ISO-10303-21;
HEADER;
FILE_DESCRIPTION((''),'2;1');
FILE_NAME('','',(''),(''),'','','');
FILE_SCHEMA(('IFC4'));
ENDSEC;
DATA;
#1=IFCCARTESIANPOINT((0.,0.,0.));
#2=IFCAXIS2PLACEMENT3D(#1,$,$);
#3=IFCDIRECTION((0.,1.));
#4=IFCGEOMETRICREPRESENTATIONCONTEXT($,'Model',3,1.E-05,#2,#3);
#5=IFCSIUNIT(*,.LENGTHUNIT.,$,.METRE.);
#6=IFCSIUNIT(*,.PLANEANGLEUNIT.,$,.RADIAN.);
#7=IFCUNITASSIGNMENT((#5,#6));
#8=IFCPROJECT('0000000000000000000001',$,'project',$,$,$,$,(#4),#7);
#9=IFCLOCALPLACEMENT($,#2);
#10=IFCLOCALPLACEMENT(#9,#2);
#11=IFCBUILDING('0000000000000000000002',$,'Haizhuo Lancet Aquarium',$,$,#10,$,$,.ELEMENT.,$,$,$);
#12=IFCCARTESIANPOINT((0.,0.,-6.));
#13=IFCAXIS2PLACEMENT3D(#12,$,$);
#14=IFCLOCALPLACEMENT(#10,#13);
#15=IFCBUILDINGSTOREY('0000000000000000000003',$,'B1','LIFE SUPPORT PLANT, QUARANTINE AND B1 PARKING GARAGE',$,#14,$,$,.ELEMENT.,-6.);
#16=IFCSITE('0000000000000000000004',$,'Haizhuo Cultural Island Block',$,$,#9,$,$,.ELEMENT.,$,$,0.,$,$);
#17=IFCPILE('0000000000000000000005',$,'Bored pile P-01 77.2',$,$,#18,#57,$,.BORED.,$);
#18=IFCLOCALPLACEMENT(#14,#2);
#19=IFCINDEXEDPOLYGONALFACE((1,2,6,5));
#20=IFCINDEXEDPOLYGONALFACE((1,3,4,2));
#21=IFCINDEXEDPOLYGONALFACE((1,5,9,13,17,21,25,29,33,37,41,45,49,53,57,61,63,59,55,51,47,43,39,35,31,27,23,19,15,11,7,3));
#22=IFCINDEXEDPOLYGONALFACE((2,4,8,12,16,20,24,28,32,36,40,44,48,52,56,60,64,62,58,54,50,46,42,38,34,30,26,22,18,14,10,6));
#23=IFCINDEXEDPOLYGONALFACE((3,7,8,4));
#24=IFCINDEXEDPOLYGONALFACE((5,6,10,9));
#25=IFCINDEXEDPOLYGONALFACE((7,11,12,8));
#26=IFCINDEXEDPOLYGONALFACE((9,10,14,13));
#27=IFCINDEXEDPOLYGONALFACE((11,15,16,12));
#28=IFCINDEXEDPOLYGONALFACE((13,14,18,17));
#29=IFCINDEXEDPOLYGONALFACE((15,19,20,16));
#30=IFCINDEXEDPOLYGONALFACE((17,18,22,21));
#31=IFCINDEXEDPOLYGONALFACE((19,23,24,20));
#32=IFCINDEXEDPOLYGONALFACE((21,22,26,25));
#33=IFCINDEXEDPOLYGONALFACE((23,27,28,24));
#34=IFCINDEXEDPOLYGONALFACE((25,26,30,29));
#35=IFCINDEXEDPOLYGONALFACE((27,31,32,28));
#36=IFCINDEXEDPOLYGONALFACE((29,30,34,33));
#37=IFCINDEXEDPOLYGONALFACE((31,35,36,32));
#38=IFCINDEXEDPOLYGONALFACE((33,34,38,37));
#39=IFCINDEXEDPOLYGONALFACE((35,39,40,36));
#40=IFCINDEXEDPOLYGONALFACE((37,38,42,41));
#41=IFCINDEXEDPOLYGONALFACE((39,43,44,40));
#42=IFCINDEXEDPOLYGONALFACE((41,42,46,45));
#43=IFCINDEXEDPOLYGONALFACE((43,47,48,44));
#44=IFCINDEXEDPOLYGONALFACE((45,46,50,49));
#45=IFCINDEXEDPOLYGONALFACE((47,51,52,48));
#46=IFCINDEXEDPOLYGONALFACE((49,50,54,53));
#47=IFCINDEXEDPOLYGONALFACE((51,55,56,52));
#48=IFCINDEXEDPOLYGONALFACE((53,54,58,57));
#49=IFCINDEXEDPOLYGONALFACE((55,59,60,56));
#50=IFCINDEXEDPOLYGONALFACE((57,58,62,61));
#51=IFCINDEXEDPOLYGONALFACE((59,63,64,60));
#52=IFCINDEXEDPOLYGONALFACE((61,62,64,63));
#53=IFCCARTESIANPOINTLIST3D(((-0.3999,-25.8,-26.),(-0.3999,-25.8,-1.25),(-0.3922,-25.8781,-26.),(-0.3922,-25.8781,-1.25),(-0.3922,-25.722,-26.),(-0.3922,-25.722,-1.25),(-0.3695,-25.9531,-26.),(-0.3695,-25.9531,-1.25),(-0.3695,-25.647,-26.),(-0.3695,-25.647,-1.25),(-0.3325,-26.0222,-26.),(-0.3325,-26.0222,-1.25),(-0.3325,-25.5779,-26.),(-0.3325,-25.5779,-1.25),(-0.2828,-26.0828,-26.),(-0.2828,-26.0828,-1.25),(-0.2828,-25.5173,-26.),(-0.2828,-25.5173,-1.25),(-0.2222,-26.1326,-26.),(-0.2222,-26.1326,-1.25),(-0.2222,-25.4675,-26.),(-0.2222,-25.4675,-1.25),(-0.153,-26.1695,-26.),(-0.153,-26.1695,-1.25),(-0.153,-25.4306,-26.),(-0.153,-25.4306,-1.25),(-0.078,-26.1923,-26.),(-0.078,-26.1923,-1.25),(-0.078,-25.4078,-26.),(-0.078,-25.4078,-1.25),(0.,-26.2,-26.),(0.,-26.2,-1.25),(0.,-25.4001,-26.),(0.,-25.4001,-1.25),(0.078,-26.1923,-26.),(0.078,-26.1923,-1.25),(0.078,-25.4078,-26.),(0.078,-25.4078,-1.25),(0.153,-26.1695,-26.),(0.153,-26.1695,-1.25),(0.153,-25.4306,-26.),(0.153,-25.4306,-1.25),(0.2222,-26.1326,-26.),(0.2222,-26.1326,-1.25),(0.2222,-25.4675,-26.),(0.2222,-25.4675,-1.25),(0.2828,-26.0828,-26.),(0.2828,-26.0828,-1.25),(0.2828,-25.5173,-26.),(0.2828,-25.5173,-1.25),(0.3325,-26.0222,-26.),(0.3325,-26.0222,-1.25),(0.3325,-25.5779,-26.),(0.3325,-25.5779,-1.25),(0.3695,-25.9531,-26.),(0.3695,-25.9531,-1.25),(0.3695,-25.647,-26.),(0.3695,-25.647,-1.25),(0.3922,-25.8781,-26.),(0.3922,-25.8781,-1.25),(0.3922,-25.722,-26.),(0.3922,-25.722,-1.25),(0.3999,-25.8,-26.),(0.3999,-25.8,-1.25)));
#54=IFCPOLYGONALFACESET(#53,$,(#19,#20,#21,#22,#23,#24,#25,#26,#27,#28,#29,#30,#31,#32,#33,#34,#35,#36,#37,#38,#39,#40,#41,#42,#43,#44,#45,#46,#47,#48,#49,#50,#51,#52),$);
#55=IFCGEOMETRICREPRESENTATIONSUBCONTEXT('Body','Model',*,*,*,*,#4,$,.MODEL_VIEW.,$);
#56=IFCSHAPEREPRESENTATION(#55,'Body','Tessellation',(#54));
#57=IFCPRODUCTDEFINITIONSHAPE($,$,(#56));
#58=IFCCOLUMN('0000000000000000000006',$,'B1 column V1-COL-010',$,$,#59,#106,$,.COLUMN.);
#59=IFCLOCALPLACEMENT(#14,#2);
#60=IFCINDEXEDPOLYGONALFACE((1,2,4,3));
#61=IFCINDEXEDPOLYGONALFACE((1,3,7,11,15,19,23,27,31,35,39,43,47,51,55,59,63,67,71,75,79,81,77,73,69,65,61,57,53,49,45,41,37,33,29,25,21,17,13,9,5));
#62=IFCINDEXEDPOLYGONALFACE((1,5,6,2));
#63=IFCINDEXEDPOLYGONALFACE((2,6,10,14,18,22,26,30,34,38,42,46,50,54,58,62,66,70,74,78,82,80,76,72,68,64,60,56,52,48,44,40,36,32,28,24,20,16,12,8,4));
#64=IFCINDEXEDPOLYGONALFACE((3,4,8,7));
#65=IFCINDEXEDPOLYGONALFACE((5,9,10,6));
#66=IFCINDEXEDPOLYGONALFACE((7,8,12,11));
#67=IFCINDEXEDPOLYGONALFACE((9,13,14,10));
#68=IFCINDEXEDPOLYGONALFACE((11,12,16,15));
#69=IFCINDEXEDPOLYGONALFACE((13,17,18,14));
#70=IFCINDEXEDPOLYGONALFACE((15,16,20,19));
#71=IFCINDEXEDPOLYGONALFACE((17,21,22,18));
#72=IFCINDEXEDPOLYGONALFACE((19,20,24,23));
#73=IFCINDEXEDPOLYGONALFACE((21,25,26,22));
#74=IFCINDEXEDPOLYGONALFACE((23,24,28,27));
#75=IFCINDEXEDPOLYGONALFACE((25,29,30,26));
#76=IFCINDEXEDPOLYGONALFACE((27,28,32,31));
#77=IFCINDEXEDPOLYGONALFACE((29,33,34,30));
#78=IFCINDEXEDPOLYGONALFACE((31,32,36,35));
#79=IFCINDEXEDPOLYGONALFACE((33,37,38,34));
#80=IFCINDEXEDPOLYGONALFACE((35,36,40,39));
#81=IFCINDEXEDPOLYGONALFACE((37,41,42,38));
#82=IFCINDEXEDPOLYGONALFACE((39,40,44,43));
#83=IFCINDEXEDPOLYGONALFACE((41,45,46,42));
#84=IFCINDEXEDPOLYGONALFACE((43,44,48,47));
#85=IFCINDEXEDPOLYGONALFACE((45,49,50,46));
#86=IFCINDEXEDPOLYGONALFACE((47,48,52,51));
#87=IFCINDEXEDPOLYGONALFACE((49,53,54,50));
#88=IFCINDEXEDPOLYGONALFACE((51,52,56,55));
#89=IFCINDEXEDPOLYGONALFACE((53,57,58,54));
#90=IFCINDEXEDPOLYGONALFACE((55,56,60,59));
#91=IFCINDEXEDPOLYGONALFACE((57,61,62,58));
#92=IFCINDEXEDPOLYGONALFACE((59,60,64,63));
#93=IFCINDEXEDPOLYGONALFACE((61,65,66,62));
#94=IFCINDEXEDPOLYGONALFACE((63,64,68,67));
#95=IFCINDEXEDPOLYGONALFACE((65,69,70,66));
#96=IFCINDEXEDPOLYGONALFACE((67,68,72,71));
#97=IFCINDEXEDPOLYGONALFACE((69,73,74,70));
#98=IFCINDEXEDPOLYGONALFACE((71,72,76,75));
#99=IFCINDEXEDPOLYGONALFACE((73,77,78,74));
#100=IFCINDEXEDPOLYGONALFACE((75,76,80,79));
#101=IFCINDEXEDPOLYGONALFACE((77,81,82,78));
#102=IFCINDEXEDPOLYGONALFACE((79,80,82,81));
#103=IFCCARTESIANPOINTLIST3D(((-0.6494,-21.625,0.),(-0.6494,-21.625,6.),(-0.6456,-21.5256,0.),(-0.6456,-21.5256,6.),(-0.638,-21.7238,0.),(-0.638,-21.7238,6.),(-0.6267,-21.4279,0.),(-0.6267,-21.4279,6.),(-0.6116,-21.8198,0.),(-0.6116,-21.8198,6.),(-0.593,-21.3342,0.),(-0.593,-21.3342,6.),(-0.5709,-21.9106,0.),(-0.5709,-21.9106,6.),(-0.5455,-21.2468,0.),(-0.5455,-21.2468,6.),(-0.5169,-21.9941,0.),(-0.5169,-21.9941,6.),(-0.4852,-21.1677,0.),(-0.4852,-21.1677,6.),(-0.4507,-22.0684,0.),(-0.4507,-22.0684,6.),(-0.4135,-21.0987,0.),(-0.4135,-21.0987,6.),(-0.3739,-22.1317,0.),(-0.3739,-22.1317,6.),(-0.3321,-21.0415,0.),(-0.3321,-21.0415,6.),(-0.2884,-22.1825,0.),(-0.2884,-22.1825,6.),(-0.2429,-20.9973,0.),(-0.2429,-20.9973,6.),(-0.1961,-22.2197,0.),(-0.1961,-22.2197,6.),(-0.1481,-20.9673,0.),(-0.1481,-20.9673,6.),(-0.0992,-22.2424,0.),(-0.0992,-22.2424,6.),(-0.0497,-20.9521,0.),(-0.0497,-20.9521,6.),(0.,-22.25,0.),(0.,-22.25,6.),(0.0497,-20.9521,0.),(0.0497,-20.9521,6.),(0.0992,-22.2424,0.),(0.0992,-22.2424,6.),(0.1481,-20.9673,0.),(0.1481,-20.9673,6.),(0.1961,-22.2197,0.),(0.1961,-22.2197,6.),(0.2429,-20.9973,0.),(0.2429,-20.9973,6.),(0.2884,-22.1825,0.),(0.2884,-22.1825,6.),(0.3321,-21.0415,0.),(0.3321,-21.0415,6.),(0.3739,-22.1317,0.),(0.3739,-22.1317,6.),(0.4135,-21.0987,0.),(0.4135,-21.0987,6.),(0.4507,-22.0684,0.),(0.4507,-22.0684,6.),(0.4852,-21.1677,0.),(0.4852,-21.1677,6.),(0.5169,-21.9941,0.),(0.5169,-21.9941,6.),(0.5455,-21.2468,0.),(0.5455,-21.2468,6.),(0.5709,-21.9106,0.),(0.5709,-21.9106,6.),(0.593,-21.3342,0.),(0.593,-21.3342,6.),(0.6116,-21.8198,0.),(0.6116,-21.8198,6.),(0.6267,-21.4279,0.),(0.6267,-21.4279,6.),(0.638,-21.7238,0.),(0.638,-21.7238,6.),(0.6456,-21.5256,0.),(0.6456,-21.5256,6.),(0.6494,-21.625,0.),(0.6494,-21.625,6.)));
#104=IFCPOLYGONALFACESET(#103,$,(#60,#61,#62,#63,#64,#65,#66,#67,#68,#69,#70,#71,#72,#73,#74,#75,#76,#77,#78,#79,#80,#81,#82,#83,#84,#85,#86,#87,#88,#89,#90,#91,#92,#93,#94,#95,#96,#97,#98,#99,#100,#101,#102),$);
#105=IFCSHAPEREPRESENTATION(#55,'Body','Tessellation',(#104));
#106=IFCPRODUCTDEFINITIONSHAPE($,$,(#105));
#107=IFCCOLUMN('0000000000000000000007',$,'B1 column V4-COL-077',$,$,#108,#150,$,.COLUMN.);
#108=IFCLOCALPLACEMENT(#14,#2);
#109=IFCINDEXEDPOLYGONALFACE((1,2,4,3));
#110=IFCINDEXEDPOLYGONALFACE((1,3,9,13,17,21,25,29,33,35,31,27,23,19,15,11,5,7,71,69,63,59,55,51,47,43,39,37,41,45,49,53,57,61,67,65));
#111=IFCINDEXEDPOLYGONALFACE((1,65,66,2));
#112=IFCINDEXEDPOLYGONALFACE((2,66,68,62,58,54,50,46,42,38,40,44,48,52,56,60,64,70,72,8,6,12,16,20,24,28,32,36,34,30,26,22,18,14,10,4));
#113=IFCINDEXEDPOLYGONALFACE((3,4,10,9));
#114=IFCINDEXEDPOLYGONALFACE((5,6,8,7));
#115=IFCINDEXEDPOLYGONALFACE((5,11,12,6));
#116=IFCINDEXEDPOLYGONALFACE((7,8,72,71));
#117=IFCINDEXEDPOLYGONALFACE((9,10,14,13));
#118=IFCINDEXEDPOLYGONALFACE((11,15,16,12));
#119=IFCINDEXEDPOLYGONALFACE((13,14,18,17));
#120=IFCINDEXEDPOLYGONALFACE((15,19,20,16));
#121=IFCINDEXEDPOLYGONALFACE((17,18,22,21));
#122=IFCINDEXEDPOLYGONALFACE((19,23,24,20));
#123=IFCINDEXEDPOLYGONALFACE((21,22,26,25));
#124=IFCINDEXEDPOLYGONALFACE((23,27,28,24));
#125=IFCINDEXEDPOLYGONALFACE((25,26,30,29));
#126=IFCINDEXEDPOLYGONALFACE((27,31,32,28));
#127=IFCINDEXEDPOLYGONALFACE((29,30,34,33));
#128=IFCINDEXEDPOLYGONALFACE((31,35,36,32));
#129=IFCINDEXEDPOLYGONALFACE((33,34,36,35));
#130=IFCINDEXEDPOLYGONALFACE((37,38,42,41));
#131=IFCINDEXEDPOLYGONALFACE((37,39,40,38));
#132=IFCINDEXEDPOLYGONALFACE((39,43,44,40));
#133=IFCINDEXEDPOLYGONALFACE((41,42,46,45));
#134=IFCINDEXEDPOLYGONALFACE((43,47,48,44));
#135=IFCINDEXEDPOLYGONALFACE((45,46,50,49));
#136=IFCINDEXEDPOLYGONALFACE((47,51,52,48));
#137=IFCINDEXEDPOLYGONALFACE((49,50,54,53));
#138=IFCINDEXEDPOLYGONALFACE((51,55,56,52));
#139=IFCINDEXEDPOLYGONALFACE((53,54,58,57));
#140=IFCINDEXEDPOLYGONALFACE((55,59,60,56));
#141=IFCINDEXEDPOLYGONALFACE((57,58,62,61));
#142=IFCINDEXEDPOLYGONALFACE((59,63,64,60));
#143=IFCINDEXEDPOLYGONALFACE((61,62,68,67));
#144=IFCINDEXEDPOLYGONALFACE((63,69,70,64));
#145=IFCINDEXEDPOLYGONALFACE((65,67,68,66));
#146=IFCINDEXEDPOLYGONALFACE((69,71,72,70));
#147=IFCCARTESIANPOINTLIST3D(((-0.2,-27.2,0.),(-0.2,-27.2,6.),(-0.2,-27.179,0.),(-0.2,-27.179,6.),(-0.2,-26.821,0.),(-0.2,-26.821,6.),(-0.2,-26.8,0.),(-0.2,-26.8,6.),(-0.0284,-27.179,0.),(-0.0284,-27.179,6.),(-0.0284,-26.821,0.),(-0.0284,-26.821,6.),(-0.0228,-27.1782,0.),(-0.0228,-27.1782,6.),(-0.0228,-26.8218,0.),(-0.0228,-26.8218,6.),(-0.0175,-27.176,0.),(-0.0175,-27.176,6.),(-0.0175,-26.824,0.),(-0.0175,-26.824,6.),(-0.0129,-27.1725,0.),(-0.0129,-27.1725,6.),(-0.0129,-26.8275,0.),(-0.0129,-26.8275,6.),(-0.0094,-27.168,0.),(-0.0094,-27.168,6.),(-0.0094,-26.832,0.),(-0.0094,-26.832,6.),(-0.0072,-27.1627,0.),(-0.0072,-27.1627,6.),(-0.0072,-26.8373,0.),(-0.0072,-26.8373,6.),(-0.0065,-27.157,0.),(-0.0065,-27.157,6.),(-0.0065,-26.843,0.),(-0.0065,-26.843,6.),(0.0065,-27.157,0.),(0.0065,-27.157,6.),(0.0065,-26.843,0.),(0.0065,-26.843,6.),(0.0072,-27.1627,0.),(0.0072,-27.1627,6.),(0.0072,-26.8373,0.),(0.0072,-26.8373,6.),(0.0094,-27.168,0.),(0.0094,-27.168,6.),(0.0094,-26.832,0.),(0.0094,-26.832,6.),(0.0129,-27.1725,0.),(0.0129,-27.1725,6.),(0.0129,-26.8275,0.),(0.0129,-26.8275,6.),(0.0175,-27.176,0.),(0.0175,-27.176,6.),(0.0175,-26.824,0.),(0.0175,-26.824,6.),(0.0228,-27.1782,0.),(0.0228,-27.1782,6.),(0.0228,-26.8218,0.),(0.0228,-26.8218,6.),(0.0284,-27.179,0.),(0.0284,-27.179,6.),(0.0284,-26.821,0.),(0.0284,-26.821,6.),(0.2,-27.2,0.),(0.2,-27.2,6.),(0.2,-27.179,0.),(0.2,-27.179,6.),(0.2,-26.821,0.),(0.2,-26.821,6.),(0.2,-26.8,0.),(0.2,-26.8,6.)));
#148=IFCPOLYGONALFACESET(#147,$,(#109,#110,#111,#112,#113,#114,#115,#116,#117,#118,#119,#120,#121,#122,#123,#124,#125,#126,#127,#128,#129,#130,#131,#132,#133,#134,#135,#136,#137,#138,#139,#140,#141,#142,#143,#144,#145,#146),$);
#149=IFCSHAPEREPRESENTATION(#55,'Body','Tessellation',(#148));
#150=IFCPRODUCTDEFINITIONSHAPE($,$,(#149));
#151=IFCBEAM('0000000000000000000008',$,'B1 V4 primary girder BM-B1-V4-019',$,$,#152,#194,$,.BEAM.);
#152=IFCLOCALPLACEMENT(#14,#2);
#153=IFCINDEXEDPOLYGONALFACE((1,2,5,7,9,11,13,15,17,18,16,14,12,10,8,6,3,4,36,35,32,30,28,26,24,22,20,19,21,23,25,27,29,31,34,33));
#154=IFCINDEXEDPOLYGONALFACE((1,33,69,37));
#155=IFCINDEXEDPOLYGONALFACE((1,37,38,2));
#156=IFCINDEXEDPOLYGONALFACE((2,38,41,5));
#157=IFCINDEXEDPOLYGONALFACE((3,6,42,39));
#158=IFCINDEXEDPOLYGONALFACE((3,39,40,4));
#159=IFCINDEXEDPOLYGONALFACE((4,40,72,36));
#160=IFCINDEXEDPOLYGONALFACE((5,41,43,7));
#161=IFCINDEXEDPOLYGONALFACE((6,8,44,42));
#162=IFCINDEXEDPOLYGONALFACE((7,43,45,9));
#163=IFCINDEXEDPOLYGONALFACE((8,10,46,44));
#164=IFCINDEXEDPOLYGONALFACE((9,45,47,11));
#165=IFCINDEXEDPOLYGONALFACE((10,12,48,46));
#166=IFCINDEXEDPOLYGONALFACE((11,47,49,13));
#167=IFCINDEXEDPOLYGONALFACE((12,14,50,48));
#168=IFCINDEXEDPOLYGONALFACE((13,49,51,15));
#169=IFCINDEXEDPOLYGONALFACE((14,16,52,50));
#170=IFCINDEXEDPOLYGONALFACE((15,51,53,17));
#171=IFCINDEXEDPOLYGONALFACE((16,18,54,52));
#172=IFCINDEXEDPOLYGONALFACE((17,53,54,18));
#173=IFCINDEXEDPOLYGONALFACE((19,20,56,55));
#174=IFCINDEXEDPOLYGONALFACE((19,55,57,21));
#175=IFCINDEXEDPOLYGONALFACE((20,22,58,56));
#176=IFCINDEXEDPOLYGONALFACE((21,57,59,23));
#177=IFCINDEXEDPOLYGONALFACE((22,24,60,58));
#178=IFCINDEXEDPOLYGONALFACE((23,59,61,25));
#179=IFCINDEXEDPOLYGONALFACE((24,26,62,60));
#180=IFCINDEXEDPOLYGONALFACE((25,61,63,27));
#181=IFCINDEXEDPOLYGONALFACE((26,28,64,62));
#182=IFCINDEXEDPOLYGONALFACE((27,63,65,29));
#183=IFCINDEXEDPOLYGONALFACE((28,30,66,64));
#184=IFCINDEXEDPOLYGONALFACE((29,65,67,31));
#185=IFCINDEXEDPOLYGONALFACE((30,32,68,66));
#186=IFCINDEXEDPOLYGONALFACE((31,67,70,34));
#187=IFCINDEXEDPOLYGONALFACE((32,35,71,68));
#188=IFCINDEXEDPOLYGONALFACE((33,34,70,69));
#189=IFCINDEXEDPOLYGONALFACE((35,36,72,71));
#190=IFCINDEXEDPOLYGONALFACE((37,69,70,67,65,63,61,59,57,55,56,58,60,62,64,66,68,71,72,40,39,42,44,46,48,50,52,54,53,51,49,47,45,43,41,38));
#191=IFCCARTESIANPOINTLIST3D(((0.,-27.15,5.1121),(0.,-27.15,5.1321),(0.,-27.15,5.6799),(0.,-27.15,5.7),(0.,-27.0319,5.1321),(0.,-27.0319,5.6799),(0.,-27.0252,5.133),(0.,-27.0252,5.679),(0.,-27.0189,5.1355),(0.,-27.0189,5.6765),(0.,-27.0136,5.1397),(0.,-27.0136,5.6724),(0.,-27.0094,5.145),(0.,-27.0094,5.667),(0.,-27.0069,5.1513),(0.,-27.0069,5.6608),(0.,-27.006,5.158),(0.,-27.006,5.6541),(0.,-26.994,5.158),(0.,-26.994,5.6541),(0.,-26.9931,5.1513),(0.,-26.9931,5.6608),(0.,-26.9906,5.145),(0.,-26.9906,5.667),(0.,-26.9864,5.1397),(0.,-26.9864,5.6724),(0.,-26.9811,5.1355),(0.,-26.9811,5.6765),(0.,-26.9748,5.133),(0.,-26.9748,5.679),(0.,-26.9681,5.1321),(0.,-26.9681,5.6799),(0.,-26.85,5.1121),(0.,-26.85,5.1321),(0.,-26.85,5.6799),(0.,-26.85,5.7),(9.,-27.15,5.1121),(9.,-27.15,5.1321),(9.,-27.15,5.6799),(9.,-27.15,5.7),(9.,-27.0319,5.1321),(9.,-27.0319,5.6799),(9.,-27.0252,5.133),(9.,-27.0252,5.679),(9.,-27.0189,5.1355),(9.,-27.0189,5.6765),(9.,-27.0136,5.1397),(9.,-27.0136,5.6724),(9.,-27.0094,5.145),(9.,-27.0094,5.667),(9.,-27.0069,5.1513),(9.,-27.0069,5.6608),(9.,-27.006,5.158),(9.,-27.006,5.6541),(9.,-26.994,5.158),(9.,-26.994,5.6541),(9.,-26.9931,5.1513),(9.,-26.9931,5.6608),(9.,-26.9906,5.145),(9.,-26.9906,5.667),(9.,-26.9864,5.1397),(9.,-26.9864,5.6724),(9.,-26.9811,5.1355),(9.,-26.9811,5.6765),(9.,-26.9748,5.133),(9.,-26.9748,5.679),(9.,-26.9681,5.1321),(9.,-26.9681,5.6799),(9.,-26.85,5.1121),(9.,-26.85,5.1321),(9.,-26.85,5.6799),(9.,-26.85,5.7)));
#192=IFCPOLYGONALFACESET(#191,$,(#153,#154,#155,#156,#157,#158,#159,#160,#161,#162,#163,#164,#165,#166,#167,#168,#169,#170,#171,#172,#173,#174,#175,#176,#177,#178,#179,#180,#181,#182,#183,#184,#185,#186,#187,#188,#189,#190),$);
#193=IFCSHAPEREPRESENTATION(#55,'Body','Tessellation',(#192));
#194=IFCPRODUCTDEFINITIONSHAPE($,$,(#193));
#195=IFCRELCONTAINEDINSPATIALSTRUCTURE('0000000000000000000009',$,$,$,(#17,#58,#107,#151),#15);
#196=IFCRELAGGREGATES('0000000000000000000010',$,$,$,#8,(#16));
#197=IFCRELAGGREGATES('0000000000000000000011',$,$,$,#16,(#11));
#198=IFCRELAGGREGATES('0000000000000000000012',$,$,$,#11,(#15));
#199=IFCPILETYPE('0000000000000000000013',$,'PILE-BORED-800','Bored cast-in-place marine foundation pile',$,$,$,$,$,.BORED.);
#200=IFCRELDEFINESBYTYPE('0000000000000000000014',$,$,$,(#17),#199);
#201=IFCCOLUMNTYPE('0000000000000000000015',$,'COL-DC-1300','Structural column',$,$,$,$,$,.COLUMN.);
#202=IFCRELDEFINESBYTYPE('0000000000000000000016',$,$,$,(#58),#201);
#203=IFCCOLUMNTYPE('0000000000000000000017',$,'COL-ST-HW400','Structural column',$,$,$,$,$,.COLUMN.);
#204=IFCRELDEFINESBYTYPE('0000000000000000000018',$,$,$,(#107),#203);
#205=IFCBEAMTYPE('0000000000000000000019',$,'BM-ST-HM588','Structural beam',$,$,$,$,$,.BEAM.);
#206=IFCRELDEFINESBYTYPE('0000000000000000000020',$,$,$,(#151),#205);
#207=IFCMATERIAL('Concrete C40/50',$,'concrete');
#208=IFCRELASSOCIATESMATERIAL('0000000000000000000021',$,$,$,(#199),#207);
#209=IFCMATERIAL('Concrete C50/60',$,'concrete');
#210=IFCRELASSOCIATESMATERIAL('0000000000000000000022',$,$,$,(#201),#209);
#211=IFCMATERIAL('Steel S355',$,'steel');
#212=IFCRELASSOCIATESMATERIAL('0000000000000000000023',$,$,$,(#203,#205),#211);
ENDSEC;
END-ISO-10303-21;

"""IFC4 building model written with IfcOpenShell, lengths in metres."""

from ifc_helpers import new_model, si_unit, direction, frame, origin, origin_2d, place, context, subcontext, project, spatial, circle, i_section, extrude, material, material_profile, profile_set, type_object, element, save


model = new_model("IFC4")

# Units and contexts
model_context = context("Model", 3, precision=1e-05, world=origin(), true_north=direction((0.0, 1.0)))
body_context = subcontext(model_context, "Body", "Model", "MODEL_VIEW")
ifc_project = project(units=[si_unit("LENGTHUNIT", "METRE"), si_unit("PLANEANGLEUNIT", "RADIAN")], contexts=[model_context])

# Site, building, storey
site_placement = place(None, origin())
site = spatial("IfcSite", under=ifc_project, at=site_placement, Name="Haizhuo Cultural Island Block", CompositionType="ELEMENT", RefElevation=0.0)
building_placement = place(site_placement, origin())
building = spatial("IfcBuilding", under=site, at=building_placement, Name="Haizhuo Lancet Aquarium", CompositionType="ELEMENT")
storey_placement = place(building_placement, frame((0.0, 0.0, -6.0)))
storey = spatial("IfcBuildingStorey", under=building, at=storey_placement, Name="B1", Description="LIFE SUPPORT PLANT, QUARANTINE AND B1 PARKING GARAGE", CompositionType="ELEMENT", Elevation=-6.0)

# Shared definitions
ifc_material_1 = material(Name="Concrete C40/50", Category="concrete")

# Pile
ifc_material_profile_1 = material_profile(ifc_material_1, circle(Radius=0.3999, at=origin_2d()), Name="PILE-800")
ifc_profile_set_1 = profile_set([ifc_material_profile_1], Name="Concrete C40/50")
pile_type_1 = type_object("IfcPileType", Name="PILE-BORED-800", Description="Bored cast-in-place marine foundation pile", PredefinedType="BORED", material=ifc_profile_set_1)
for number, where, z_axis, x_axis, name in (
    (1, (0.0, -25.8, -1.25), (0.0, 0.0, -1.0), (1.0, 0.0, 0.0), "Bored pile P-01 77.2"),
):
    element("IfcPile", number, at=place(storey_placement, frame(where, z_axis=z_axis, x_axis=x_axis)), inside=storey, type_object=pile_type_1, Name=name, PredefinedType="BORED", context=body_context, shape_type="SweptSolid", body=[
        extrude(circle(Radius=0.3999, at=origin_2d()), origin(), (0.0, 0.0, 1.0), 24.75),
    ])

# Columns
ifc_material_2 = material(Name="Concrete C50/60", Category="concrete")
ifc_material_profile_2 = material_profile(ifc_material_2, circle(Radius=0.6499, at=origin_2d()), Name="RC-DC 1300")
ifc_profile_set_2 = profile_set([ifc_material_profile_2], Name="Concrete C50/60")
column_type_1 = type_object("IfcColumnType", Name="COL-DC-1300", Description="Structural column", PredefinedType="COLUMN", material=ifc_profile_set_2)
column_1_placement = place(storey_placement, frame((0.0, -21.6001, 0.0), z_axis=(0.0, 0.0, 1.0), x_axis=(0.0, -1.0, 0.0)))
element("IfcColumn", 2, at=column_1_placement, inside=storey, type_object=column_type_1, Name="B1 column V1-COL-010", PredefinedType="COLUMN", context=body_context, shape_type="SweptSolid", body=[
    extrude(circle(Radius=0.6499, at=origin_2d()), origin(), (0.0, 0.0, 1.0), 6.0),
])
ifc_material_3 = material(Name="Steel S355", Category="steel")
ifc_material_profile_3 = material_profile(ifc_material_3, i_section(OverallWidth=0.3999, OverallDepth=0.3999, WebThickness=0.0129, FlangeThickness=0.021, FilletRadius=0.022, at=origin_2d()), Name="HW 400x400x13x21")
ifc_profile_set_3 = profile_set([ifc_material_profile_3], Name="Steel S355")
column_type_2 = type_object("IfcColumnType", Name="COL-ST-HW400", Description="Structural column", PredefinedType="COLUMN", material=ifc_profile_set_3)
column_2_placement = place(storey_placement, frame((0.0, -27.0, 0.0), z_axis=(0.0, 0.0, 1.0), x_axis=(1.0, 0.0, 0.0)))
element("IfcColumn", 3, at=column_2_placement, inside=storey, type_object=column_type_2, Name="B1 column V4-COL-077", PredefinedType="COLUMN", context=body_context, shape_type="SweptSolid", body=[
    extrude(i_section(OverallWidth=0.3999, OverallDepth=0.3999, WebThickness=0.0129, FlangeThickness=0.021, FilletRadius=0.022, at=origin_2d()), origin(), (0.0, 0.0, 1.0), 6.0),
])

# Beam
ifc_material_profile_4 = material_profile(ifc_material_3, i_section(OverallWidth=0.3, OverallDepth=0.5879, WebThickness=0.012, FlangeThickness=0.02, FilletRadius=0.0259, at=origin_2d()), Name="HM 588x300x12x20")
ifc_profile_set_4 = profile_set([ifc_material_profile_4], Name="Steel S355")
beam_type_1 = type_object("IfcBeamType", Name="BM-ST-HM588", Description="Structural beam", PredefinedType="BEAM", material=ifc_profile_set_4)
beam_1_placement = place(storey_placement, frame((0.0, -27.0, 5.406), z_axis=(1.0, 0.0, 0.0), x_axis=(0.0, 1.0, 0.0)))
element("IfcBeam", 4, at=beam_1_placement, inside=storey, type_object=beam_type_1, Name="B1 V4 primary girder BM-B1-V4-019", PredefinedType="BEAM", context=body_context, shape_type="SweptSolid", body=[
    extrude(i_section(OverallWidth=0.3, OverallDepth=0.5879, WebThickness=0.012, FlangeThickness=0.02, FilletRadius=0.0259, at=origin_2d()), origin(), (0.0, 0.0, 1.0), 9.0),
])

save(model, "model.ifc")
